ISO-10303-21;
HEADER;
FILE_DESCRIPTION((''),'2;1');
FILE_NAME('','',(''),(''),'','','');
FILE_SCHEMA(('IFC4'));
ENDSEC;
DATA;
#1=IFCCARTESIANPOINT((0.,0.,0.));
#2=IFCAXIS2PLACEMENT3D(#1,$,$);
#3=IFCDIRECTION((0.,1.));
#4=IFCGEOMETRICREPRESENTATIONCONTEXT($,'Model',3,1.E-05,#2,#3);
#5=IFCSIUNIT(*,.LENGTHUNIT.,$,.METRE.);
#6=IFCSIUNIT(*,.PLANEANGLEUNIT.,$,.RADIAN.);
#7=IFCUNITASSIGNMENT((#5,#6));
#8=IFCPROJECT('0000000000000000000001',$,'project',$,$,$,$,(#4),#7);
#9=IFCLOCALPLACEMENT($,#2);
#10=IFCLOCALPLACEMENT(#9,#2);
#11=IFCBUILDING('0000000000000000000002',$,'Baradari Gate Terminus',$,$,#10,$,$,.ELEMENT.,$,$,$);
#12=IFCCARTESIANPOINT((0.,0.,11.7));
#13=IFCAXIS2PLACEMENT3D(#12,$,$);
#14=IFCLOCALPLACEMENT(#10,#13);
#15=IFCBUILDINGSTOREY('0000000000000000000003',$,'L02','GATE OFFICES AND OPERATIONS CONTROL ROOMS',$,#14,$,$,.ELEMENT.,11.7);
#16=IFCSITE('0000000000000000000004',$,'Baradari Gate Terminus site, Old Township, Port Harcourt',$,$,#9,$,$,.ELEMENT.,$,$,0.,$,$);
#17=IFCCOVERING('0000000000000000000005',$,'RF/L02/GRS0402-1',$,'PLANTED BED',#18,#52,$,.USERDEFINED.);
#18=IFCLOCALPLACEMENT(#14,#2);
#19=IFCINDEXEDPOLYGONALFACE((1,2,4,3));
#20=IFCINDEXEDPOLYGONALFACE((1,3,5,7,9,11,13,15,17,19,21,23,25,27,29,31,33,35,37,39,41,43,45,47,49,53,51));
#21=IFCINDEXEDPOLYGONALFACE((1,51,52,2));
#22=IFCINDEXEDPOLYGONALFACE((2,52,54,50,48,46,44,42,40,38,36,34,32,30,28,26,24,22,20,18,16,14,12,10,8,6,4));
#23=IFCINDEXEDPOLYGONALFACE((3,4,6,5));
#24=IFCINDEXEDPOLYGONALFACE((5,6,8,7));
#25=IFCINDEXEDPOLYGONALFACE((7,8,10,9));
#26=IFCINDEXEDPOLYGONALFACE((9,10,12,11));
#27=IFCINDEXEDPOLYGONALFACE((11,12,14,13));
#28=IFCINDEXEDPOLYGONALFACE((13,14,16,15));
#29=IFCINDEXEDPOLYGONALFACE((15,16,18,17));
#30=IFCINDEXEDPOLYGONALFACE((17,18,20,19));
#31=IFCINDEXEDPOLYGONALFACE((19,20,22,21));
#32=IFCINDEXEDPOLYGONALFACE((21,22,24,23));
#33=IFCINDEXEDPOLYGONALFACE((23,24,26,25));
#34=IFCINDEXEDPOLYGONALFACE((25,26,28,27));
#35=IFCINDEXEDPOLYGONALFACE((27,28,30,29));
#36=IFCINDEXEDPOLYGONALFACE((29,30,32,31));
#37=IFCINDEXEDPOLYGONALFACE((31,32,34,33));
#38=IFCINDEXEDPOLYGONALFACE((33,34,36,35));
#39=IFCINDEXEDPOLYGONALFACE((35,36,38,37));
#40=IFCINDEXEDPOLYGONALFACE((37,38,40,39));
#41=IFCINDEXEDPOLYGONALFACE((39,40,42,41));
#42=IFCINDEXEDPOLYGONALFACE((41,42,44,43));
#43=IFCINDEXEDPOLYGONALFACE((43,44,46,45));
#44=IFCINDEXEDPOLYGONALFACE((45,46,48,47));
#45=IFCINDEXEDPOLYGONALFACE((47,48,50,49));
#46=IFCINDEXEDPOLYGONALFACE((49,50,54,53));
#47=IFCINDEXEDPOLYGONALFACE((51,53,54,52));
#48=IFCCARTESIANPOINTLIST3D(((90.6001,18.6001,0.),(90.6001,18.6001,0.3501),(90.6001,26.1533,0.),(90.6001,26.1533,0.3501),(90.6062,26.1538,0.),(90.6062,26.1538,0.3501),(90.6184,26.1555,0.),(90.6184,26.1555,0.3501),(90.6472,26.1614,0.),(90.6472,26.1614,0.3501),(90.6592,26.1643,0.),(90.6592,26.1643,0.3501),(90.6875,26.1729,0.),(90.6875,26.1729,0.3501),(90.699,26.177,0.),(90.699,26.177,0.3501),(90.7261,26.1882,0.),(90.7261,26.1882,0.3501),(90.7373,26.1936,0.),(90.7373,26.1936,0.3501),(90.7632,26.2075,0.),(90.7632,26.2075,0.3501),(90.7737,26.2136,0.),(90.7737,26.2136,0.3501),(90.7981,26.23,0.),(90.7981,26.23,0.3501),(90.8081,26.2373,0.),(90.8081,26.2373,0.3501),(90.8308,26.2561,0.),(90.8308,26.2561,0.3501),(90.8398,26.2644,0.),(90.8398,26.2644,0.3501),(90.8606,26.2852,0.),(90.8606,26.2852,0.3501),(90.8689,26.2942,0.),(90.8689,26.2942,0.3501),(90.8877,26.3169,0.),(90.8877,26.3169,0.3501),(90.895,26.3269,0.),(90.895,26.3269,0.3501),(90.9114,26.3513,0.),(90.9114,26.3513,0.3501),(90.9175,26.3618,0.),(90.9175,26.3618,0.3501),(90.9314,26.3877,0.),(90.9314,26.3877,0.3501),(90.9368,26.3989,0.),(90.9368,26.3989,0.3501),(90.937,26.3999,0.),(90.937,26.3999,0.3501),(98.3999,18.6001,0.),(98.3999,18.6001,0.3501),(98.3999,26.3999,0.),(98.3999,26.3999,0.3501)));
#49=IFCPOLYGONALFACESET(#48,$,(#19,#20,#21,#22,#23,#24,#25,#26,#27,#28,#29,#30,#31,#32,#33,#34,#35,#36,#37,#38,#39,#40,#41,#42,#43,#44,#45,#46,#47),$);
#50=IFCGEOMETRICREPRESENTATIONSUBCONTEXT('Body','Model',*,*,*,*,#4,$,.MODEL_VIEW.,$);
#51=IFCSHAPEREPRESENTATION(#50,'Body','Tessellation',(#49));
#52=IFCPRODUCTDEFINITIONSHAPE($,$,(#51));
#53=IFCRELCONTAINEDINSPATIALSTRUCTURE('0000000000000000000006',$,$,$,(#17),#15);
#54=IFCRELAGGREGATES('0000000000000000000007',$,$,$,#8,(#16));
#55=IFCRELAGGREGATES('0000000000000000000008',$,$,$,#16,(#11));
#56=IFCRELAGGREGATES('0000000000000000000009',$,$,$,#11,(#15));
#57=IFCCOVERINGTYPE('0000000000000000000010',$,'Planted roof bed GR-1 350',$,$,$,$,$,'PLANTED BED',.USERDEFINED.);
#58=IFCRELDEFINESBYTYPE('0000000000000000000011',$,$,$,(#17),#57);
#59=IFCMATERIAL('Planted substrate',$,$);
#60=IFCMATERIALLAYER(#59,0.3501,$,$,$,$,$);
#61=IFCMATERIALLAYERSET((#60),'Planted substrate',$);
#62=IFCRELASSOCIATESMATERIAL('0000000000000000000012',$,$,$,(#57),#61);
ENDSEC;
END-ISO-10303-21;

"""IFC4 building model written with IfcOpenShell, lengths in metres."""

from ifc_helpers import new_model, si_unit, direction, frame, origin, place, context, subcontext, project, spatial, polyline, outline, extrude, material, layer, layer_set, type_object, element, save


model = new_model("IFC4")

# Units and contexts
model_context = context("Model", 3, precision=1e-05, world=origin(), true_north=direction((0.0, 1.0)))
body_context = subcontext(model_context, "Body", "Model", "MODEL_VIEW")
ifc_project = project(units=[si_unit("LENGTHUNIT", "METRE"), si_unit("PLANEANGLEUNIT", "RADIAN")], contexts=[model_context])

# Site, building, storey
site_placement = place(None, origin())
site = spatial("IfcSite", under=ifc_project, at=site_placement, Name="Baradari Gate Terminus site, Old Township, Port Harcourt", CompositionType="ELEMENT", RefElevation=0.0)
building_placement = place(site_placement, origin())
building = spatial("IfcBuilding", under=site, at=building_placement, Name="Baradari Gate Terminus", CompositionType="ELEMENT")
storey_placement = place(building_placement, frame((0.0, 0.0, 11.7)))
storey = spatial("IfcBuildingStorey", under=building, at=storey_placement, Name="L02", Description="GATE OFFICES AND OPERATIONS CONTROL ROOMS", CompositionType="ELEMENT", Elevation=11.7)

# Covering
ifc_material = material(Name="Planted substrate")
ifc_layer = layer(ifc_material, 0.3501)
ifc_layer_set = layer_set([ifc_layer], Name="Planted substrate")
covering_type = type_object("IfcCoveringType", Name="Planted roof bed GR-1 350", ElementType="PLANTED BED", PredefinedType="USERDEFINED", material=ifc_layer_set)
covering_1_placement = place(storey_placement, origin())
element("IfcCovering", 1, at=covering_1_placement, inside=storey, type_object=covering_type, Name="RF/L02/GRS0402-1", ObjectType="PLANTED BED", PredefinedType="USERDEFINED", context=body_context, shape_type="SweptSolid", body=[
    extrude(outline(polyline([(90.6001, 26.1533), (90.6062, 26.1538), (90.6184, 26.1555), (90.6472, 26.1614), (90.6592, 26.1643), (90.6875, 26.1729), (90.699, 26.177), (90.7261, 26.1882), (90.7373, 26.1936), (90.7632, 26.2075), (90.7737, 26.2136), (90.7981, 26.23), (90.8081, 26.2373), (90.8308, 26.2561), (90.8398, 26.2644), (90.8606, 26.2852), (90.8689, 26.2942), (90.8877, 26.3169), (90.895, 26.3269), (90.9114, 26.3513), (90.9175, 26.3618), (90.9314, 26.3877), (90.9368, 26.3989), (90.937, 26.3999), (98.3999, 26.3999), (98.3999, 18.6001), (90.6001, 18.6001), (90.6001, 26.1533)])), origin(), (0.0, 0.0, 1.0), 0.3501),
])

save(model, "model.ifc")
